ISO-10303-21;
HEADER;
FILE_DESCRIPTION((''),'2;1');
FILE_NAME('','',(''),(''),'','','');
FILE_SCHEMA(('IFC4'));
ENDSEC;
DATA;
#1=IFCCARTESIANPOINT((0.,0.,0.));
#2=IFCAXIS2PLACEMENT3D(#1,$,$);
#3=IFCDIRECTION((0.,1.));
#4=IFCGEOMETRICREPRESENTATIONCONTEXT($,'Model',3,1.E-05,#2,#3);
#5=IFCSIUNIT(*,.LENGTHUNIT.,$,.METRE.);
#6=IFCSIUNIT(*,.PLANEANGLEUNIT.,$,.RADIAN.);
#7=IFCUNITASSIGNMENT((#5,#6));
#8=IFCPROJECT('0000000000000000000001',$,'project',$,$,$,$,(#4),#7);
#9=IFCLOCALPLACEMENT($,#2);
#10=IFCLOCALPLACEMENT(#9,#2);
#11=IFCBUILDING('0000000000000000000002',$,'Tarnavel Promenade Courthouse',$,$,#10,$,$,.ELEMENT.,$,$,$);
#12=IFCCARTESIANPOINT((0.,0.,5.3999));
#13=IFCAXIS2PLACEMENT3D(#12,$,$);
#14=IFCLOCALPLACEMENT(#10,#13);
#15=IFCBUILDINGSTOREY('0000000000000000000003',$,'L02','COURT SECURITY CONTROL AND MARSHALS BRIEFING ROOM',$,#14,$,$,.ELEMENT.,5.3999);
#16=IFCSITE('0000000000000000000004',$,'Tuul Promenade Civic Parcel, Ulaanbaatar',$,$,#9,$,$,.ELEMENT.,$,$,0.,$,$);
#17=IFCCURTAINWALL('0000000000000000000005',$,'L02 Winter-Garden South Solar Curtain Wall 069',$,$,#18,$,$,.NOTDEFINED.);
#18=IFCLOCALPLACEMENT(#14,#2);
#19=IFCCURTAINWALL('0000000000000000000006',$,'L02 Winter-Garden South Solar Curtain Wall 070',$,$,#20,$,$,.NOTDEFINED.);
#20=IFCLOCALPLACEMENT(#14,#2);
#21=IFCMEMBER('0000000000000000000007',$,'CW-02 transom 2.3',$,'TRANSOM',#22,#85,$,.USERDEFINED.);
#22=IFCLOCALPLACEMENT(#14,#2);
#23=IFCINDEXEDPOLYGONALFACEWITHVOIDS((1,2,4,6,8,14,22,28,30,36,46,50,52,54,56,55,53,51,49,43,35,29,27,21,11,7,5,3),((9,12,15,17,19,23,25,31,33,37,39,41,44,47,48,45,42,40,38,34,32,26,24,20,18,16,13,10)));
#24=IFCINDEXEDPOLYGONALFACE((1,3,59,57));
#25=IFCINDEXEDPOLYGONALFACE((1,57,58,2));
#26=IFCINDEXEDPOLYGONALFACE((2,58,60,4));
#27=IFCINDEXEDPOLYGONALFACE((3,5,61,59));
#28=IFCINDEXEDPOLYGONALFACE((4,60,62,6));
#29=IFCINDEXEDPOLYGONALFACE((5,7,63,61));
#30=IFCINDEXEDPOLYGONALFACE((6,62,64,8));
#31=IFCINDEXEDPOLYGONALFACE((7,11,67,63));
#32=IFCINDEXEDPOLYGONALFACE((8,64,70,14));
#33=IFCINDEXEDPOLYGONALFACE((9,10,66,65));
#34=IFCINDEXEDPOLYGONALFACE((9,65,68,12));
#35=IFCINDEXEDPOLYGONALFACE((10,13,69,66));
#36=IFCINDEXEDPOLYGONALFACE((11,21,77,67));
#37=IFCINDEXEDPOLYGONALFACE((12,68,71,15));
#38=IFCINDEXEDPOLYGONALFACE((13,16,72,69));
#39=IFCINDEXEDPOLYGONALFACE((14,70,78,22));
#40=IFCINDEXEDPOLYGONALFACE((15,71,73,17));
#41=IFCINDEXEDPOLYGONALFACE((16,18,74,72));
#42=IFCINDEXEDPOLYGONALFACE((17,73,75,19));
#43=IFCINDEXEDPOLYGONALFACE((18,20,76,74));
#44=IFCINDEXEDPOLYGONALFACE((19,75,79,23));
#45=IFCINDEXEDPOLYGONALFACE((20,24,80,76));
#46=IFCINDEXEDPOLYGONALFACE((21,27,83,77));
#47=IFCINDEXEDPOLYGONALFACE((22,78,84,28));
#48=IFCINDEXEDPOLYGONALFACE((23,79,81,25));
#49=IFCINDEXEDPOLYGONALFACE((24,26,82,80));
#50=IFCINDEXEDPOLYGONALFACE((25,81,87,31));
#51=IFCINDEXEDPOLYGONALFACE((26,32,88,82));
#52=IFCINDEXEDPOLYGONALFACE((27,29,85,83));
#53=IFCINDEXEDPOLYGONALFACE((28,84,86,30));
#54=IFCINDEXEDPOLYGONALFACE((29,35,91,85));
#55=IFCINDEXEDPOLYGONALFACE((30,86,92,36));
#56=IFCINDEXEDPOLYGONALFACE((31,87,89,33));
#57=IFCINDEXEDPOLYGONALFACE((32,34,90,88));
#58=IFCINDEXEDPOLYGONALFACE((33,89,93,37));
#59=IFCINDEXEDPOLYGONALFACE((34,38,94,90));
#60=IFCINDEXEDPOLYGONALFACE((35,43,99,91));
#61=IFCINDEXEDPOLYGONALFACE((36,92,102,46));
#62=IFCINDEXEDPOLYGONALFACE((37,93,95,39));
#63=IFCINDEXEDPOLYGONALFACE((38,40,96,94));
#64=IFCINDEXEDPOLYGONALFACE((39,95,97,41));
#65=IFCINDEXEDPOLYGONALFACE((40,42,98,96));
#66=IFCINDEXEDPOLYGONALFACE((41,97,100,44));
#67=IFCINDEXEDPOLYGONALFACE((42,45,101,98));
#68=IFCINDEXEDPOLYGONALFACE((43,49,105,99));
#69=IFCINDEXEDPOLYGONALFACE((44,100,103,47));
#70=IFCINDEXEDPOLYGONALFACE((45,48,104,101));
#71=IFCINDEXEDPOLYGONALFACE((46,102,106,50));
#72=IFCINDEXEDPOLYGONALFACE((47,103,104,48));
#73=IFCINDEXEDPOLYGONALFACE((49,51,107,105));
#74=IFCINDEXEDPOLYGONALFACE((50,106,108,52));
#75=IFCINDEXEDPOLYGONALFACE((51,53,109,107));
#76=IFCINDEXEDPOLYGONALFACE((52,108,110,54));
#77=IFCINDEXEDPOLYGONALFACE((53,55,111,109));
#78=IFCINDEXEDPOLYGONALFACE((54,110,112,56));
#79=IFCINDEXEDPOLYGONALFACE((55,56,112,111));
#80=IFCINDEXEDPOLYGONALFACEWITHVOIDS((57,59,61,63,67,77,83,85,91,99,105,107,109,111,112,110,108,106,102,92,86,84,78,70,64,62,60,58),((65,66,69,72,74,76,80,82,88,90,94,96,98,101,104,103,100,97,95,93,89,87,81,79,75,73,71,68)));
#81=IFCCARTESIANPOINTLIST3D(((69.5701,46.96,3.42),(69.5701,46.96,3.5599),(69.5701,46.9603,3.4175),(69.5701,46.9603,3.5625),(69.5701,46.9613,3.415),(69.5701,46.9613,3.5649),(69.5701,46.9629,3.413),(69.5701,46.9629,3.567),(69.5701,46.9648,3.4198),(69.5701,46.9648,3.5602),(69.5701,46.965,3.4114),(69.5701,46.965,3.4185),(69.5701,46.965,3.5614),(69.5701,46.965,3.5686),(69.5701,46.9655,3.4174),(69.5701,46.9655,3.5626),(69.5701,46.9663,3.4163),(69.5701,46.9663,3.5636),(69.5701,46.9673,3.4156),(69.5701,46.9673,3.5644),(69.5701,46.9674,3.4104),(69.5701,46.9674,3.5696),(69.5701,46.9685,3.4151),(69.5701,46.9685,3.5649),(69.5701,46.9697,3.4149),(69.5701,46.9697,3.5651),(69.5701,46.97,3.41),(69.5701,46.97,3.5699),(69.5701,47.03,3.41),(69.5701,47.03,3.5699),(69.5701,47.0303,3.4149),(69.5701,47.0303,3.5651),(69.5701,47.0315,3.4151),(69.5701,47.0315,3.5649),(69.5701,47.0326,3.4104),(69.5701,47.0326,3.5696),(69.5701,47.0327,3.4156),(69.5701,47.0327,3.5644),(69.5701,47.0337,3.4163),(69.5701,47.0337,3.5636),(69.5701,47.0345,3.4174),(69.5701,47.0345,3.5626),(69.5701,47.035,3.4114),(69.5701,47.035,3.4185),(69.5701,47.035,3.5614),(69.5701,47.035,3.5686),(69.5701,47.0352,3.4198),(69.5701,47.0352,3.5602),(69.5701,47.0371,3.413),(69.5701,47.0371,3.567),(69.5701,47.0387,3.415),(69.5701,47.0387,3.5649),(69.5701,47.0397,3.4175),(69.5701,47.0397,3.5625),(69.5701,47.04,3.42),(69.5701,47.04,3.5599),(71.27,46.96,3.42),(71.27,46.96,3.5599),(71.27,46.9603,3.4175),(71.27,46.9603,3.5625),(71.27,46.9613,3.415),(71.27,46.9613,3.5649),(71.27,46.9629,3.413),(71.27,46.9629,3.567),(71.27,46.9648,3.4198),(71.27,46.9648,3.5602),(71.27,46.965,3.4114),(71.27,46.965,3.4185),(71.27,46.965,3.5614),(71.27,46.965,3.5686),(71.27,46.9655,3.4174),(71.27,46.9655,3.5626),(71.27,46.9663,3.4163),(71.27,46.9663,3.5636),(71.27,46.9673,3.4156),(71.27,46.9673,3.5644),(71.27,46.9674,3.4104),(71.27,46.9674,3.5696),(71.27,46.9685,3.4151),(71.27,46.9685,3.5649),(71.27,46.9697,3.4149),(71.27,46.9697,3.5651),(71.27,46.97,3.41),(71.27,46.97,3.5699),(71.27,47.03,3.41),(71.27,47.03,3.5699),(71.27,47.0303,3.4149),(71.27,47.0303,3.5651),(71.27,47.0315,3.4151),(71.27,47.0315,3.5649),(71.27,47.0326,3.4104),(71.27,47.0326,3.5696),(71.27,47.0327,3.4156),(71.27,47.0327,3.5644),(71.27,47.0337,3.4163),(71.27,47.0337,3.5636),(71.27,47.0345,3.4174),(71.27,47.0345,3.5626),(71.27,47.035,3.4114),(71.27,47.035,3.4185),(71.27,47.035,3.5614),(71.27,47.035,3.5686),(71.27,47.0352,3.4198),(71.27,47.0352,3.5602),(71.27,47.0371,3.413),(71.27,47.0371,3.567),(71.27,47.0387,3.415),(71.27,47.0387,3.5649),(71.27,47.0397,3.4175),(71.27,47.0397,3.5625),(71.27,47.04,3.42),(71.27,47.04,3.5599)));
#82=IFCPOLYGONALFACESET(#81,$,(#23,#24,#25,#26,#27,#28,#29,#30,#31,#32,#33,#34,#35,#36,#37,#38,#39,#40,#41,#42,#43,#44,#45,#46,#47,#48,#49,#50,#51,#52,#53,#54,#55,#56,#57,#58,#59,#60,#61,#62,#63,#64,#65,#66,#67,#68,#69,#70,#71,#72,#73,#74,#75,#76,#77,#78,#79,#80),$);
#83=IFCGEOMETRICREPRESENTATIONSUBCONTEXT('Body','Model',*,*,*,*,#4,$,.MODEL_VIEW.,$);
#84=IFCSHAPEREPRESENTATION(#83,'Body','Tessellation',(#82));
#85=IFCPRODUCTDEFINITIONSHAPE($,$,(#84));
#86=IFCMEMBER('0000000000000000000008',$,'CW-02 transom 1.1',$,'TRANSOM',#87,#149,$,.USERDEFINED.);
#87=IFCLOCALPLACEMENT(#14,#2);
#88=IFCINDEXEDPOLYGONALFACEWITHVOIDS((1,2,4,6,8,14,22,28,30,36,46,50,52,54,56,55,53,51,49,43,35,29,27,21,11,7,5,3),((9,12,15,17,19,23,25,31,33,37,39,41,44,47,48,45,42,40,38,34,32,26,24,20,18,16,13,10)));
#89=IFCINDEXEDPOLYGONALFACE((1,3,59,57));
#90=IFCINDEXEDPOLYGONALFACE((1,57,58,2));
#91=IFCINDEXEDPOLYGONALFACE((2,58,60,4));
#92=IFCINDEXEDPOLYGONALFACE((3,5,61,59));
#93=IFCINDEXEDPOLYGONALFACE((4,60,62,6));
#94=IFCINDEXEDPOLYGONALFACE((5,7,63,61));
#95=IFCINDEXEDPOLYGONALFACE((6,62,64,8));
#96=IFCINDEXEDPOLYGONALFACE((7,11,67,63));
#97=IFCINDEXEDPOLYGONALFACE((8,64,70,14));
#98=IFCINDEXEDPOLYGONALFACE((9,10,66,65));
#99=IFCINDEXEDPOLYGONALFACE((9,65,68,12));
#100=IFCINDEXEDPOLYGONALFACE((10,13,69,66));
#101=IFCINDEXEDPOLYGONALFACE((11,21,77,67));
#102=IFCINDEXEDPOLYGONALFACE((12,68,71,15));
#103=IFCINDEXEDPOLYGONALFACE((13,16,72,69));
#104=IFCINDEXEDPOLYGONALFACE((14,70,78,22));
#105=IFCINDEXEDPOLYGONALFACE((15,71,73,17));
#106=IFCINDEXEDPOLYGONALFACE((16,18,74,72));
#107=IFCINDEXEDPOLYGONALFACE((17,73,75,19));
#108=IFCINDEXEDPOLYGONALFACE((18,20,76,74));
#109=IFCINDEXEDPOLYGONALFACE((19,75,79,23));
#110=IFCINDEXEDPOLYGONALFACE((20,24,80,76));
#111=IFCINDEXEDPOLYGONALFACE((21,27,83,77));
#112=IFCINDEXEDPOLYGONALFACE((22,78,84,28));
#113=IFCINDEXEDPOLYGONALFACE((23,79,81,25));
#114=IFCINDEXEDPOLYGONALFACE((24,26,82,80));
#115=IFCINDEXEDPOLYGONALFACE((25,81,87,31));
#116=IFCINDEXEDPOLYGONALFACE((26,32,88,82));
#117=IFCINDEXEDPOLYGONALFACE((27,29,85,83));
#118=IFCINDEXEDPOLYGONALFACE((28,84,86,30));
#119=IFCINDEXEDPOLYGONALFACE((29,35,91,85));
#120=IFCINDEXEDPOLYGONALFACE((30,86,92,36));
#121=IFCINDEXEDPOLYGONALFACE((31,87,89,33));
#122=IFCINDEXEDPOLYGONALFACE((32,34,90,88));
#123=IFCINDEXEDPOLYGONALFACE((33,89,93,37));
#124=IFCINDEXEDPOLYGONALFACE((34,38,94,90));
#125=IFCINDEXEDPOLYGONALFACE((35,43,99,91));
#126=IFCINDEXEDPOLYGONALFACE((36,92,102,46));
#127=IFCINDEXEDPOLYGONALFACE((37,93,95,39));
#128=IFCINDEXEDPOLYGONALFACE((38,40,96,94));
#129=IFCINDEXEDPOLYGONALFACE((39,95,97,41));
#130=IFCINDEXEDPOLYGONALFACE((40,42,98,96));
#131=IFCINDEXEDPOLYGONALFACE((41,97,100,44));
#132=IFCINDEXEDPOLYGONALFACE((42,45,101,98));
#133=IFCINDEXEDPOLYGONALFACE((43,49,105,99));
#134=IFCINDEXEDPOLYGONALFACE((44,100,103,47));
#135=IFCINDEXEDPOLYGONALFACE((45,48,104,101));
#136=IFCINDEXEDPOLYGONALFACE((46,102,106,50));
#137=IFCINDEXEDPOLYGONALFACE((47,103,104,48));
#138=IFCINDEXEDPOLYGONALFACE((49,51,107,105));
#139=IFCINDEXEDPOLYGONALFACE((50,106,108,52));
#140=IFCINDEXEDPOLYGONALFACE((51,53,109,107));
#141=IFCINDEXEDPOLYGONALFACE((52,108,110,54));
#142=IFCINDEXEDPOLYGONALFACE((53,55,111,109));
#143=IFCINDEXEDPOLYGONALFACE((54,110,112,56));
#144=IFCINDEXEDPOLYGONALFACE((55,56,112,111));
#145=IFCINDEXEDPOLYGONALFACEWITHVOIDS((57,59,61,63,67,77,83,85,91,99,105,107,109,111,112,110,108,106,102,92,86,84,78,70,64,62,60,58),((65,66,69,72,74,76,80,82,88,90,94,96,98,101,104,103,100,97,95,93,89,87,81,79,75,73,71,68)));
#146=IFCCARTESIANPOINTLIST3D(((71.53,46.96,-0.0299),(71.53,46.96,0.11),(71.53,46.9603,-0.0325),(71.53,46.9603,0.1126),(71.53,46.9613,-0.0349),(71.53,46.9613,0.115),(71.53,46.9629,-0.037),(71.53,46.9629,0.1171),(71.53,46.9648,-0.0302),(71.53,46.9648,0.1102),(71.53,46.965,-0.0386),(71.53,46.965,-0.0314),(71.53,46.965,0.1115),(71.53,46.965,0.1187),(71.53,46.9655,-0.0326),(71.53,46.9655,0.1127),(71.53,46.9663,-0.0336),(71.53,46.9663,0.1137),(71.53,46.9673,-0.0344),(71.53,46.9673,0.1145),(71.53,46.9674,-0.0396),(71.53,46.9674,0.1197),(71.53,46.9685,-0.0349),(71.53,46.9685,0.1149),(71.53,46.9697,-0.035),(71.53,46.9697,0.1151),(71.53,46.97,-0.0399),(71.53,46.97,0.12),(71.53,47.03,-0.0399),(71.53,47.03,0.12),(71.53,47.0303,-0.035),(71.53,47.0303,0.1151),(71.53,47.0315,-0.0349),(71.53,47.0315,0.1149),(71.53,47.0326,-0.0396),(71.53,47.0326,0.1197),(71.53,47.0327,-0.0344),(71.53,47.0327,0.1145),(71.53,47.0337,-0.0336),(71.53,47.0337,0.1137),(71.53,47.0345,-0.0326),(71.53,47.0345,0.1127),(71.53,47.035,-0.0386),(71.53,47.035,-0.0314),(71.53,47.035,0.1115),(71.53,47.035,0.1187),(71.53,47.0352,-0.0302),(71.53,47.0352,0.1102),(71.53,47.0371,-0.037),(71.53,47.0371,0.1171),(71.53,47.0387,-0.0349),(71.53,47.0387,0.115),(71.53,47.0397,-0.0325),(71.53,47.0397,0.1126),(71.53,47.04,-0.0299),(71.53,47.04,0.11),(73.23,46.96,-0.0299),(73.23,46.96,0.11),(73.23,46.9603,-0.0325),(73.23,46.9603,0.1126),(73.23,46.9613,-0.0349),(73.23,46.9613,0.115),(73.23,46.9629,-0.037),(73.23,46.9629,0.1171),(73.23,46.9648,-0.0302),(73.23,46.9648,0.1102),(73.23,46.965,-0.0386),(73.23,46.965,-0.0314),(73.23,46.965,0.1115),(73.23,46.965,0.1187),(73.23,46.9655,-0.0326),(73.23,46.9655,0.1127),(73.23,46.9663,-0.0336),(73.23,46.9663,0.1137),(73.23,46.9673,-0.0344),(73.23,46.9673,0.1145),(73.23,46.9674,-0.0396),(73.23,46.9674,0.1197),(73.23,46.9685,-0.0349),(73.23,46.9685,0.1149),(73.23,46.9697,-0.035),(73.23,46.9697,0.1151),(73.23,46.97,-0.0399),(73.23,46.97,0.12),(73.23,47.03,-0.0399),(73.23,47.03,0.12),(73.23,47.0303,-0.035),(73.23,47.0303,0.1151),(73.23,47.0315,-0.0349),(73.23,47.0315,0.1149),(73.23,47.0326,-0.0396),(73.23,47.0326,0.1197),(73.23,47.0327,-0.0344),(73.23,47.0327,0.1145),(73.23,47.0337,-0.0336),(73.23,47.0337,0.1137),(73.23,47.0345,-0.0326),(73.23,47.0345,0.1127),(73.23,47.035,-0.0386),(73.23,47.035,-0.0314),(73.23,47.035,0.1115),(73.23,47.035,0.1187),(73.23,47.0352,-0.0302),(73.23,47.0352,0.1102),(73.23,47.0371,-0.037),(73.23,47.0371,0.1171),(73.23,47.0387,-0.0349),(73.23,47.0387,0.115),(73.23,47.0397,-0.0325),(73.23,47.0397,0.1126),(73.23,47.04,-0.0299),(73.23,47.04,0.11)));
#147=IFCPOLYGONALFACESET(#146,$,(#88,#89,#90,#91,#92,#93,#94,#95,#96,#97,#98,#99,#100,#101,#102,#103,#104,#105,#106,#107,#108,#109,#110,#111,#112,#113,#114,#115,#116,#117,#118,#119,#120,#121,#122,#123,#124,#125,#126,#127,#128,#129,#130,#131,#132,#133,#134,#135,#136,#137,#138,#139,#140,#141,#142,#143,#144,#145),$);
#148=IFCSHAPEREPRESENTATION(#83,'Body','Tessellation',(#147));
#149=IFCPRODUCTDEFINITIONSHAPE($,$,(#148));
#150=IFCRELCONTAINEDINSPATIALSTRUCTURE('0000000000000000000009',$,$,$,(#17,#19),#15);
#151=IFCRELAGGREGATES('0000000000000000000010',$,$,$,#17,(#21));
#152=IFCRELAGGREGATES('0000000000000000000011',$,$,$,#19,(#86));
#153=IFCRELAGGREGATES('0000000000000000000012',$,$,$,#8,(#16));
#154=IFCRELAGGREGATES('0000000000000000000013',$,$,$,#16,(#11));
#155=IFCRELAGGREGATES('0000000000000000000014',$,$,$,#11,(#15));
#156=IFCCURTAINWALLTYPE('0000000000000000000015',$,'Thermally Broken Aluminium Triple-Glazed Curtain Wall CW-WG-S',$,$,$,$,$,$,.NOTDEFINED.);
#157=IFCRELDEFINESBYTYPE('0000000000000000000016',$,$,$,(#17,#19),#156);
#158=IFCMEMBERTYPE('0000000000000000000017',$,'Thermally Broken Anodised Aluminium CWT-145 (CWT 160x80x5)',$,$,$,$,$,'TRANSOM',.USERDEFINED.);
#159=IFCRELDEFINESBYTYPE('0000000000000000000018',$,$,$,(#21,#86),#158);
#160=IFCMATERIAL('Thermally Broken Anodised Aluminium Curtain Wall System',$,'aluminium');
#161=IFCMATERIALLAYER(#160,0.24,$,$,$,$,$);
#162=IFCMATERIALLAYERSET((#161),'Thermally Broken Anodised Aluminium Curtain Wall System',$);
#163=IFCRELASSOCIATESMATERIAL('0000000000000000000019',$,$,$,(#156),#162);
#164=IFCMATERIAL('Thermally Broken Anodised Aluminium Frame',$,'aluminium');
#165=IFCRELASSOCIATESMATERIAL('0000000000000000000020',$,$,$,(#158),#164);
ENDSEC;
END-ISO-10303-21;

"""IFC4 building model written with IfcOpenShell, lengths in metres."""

from ifc_helpers import new_model, si_unit, direction, frame, origin, origin_2d, place, context, subcontext, project, spatial, hollow_rectangle, extrude, material, layer, layer_set, material_profile, profile_set, type_object, element, aggregate, save


model = new_model("IFC4")

# Units and contexts
model_context = context("Model", 3, precision=1e-05, world=origin(), true_north=direction((0.0, 1.0)))
body_context = subcontext(model_context, "Body", "Model", "MODEL_VIEW")
ifc_project = project(units=[si_unit("LENGTHUNIT", "METRE"), si_unit("PLANEANGLEUNIT", "RADIAN")], contexts=[model_context])

# Site, building, storey
site_placement = place(None, origin())
site = spatial("IfcSite", under=ifc_project, at=site_placement, Name="Tuul Promenade Civic Parcel, Ulaanbaatar", CompositionType="ELEMENT", RefElevation=0.0)
building_placement = place(site_placement, origin())
building = spatial("IfcBuilding", under=site, at=building_placement, Name="Tarnavel Promenade Courthouse", CompositionType="ELEMENT")
storey_placement = place(building_placement, frame((0.0, 0.0, 5.3999)))
storey = spatial("IfcBuildingStorey", under=building, at=storey_placement, Name="L02", Description="COURT SECURITY CONTROL AND MARSHALS BRIEFING ROOM", CompositionType="ELEMENT", Elevation=5.3999)

# Curtain walls
ifc_material_1 = material(Name="Thermally Broken Anodised Aluminium Curtain Wall System", Category="aluminium")
ifc_layer_1 = layer(ifc_material_1, 0.24)
ifc_layer_set_1 = layer_set([ifc_layer_1], Name="Thermally Broken Anodised Aluminium Curtain Wall System")
curtain_wall_type = type_object("IfcCurtainWallType", Name="Thermally Broken Aluminium Triple-Glazed Curtain Wall CW-WG-S", PredefinedType="NOTDEFINED", material=ifc_layer_set_1)
curtain_wall_1_placement = place(storey_placement, origin())
curtain_wall_1 = element("IfcCurtainWall", 1, at=curtain_wall_1_placement, inside=storey, type_object=curtain_wall_type, Name="L02 Winter-Garden South Solar Curtain Wall 069", PredefinedType="NOTDEFINED")
ifc_material_2 = material(Name="Thermally Broken Anodised Aluminium Frame", Category="aluminium")
curtain_wall_2_placement = place(storey_placement, origin())
curtain_wall_2 = element("IfcCurtainWall", 2, at=curtain_wall_2_placement, inside=storey, type_object=curtain_wall_type, Name="L02 Winter-Garden South Solar Curtain Wall 070", PredefinedType="NOTDEFINED")

# Members
ifc_material_profile_1 = material_profile(ifc_material_2, hollow_rectangle(XDim=0.0801, YDim=0.1599, WallThickness=0.0049, InnerFilletRadius=0.0049, OuterFilletRadius=0.01, at=origin_2d()), Name="CWT 160x80x5")
ifc_profile_set_1 = profile_set([ifc_material_profile_1], Name="Thermally Broken Anodised Aluminium Frame")
member_type_1 = type_object("IfcMemberType", Name="Thermally Broken Anodised Aluminium CWT-145 (CWT 160x80x5)", ElementType="TRANSOM", PredefinedType="USERDEFINED", material=ifc_profile_set_1)
member_1_placement = place(storey_placement, frame((69.5701, 47.0, 3.49), z_axis=(1.0, 0.0, 0.0), x_axis=(0.0, 1.0, 0.0)))
member_1 = element("IfcMember", 3, at=member_1_placement, type_object=member_type_1, Name="CW-02 transom 2.3", ObjectType="TRANSOM", PredefinedType="USERDEFINED", context=body_context, shape_type="SweptSolid", body=[
    extrude(hollow_rectangle(XDim=0.0801, YDim=0.1599, WallThickness=0.0049, InnerFilletRadius=0.0049, OuterFilletRadius=0.01, at=origin_2d()), origin(), (0.0, 0.0, 1.0), 1.7),
])
member_2_placement = place(storey_placement, frame((71.53, 47.0, 0.04), z_axis=(1.0, 0.0, 0.0), x_axis=(0.0, 1.0, 0.0)))
member_2 = element("IfcMember", 4, at=member_2_placement, type_object=member_type_1, Name="CW-02 transom 1.1", ObjectType="TRANSOM", PredefinedType="USERDEFINED", context=body_context, shape_type="SweptSolid", body=[
    extrude(hollow_rectangle(XDim=0.0801, YDim=0.1599, WallThickness=0.0049, InnerFilletRadius=0.0049, OuterFilletRadius=0.01, at=origin_2d()), origin(), (0.0, 0.0, 1.0), 1.7),
])

aggregate(curtain_wall_1, [member_1])
aggregate(curtain_wall_2, [member_2])

save(model, "model.ifc")
